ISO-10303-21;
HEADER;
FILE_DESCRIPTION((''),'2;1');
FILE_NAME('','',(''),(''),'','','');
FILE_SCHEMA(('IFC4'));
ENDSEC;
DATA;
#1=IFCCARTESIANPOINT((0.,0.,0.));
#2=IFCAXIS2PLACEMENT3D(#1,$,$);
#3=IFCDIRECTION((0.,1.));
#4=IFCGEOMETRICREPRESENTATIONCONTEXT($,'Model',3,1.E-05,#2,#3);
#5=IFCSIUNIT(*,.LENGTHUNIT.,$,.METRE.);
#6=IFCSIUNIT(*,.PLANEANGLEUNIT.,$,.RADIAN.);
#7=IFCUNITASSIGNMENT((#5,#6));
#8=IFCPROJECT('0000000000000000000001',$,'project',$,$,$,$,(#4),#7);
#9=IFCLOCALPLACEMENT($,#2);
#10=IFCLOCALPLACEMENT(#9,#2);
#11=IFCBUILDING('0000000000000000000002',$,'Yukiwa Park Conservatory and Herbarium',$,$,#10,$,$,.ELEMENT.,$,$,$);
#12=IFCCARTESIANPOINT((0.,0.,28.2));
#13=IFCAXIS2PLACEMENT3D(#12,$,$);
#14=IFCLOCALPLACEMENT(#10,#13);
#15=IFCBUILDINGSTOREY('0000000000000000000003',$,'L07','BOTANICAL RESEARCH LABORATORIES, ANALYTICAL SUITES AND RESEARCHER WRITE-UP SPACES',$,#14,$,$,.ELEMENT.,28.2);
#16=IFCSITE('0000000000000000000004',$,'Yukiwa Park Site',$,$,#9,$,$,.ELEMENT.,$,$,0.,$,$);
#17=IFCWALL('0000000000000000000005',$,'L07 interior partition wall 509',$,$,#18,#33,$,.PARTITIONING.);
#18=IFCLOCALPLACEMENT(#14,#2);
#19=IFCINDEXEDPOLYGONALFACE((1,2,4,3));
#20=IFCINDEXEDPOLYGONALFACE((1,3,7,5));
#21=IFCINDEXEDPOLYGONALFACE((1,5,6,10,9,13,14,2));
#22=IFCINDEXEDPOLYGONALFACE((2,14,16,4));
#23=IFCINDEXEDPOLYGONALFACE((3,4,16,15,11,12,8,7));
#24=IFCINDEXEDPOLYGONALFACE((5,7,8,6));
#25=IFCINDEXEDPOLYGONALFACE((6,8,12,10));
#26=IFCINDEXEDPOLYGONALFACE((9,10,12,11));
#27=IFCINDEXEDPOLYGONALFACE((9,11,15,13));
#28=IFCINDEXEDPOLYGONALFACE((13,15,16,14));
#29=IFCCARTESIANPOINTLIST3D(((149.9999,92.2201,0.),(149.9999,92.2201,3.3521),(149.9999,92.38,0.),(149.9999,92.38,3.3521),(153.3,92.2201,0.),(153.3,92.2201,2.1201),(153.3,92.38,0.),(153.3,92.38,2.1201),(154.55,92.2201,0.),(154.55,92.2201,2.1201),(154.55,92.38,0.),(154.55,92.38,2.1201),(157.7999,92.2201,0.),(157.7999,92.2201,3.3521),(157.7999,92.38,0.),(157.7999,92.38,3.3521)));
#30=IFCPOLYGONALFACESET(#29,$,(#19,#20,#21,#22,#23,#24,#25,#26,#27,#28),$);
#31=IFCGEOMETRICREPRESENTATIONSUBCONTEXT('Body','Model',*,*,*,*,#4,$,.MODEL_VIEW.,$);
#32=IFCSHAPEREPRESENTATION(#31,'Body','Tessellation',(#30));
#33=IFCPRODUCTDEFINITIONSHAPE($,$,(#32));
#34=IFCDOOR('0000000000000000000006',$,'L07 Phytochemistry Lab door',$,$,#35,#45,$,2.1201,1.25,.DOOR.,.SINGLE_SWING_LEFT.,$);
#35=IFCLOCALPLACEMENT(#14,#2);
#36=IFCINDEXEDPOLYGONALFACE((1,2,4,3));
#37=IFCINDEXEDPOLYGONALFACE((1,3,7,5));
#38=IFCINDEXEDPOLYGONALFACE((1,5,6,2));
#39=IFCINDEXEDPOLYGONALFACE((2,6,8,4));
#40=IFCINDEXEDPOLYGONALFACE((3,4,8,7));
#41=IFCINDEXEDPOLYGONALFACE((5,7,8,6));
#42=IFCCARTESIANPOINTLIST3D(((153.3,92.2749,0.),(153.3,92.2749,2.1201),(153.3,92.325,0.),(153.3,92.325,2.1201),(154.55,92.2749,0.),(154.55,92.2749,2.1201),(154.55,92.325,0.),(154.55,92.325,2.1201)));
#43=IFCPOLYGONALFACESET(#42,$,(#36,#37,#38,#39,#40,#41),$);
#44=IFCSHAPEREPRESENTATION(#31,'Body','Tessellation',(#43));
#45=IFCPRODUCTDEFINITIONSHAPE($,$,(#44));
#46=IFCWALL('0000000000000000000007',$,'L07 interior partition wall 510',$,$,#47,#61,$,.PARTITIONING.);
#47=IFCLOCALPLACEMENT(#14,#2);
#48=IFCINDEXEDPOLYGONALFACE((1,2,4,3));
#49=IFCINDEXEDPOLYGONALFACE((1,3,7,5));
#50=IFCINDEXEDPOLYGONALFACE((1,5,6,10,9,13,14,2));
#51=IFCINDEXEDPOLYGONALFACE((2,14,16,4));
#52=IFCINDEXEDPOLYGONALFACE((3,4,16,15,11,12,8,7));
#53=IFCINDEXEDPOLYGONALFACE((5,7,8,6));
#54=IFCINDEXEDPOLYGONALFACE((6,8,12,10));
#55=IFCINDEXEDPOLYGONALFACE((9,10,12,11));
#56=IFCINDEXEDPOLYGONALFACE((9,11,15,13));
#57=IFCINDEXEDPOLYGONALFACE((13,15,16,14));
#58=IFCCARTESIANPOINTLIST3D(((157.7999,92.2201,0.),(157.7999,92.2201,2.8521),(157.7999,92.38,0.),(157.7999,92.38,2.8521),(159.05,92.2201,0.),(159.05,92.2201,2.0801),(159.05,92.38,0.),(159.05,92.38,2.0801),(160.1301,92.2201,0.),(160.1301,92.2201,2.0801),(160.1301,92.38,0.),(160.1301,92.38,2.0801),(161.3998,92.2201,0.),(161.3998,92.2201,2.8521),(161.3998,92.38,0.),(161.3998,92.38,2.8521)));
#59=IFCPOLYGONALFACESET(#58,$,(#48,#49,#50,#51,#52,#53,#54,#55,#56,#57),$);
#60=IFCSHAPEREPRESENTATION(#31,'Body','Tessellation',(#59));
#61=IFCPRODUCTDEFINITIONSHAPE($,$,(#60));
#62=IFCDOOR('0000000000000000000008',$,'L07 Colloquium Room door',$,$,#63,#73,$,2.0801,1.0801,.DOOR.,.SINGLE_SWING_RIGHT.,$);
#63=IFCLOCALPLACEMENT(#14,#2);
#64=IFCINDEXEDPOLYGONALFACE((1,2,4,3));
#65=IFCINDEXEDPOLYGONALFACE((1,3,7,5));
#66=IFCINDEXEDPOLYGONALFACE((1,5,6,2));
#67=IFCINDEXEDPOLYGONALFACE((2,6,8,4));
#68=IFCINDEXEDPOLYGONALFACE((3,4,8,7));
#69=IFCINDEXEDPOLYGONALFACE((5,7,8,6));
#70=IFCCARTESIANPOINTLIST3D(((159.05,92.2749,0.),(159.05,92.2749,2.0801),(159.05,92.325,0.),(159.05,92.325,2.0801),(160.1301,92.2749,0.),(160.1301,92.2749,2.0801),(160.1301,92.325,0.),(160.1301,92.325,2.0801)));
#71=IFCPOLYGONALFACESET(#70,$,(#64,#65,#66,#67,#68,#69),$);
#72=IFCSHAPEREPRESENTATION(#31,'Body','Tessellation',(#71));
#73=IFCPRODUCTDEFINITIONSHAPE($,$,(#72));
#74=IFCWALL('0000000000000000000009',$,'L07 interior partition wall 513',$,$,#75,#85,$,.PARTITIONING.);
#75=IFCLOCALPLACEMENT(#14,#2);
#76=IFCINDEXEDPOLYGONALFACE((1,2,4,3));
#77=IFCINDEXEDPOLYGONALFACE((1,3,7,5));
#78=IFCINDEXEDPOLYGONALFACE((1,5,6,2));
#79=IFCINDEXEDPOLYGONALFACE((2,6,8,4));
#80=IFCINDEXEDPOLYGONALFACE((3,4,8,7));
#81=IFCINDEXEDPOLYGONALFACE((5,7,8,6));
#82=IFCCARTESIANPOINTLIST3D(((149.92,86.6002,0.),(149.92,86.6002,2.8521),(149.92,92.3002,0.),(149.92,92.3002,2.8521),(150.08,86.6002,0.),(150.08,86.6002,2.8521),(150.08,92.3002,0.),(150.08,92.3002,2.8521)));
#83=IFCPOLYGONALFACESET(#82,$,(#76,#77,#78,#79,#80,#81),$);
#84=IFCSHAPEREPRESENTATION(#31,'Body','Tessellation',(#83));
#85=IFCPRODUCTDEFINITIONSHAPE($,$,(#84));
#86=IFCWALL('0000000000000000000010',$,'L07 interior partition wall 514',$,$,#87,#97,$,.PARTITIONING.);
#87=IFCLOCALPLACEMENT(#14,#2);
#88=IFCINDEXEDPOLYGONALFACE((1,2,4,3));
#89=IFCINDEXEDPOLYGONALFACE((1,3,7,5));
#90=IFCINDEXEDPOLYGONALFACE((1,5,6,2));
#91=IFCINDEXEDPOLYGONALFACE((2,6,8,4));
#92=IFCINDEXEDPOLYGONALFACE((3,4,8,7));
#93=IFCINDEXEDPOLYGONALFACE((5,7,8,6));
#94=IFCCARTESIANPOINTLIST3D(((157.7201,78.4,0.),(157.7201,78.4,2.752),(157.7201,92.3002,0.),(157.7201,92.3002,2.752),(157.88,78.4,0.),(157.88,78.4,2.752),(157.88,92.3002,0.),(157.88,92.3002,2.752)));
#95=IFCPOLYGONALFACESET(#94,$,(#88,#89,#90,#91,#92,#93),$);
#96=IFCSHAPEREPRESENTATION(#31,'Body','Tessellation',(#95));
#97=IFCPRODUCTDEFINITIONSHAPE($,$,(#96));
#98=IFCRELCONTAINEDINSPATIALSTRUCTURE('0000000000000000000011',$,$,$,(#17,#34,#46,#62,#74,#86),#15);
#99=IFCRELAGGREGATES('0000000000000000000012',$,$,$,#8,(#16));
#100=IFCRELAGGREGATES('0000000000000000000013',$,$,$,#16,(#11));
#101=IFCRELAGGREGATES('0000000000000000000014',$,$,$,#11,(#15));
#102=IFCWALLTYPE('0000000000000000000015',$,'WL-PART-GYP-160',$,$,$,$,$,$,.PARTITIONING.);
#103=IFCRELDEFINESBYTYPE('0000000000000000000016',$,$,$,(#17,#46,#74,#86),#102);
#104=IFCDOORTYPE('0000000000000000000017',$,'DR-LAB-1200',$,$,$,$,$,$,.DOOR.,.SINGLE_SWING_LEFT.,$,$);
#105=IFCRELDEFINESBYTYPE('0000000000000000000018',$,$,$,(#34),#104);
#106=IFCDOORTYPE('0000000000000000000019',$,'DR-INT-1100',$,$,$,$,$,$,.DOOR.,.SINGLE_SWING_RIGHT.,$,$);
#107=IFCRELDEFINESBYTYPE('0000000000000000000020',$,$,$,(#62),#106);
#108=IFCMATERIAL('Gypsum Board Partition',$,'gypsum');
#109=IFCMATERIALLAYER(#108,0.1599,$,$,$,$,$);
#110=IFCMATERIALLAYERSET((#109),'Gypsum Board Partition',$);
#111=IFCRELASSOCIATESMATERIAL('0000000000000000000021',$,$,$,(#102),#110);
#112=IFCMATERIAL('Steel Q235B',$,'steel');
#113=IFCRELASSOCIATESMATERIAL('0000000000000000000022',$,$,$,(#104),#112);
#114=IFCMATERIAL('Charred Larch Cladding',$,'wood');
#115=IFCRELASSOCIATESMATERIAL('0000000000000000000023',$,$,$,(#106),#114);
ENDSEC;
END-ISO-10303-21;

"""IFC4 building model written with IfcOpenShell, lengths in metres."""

from ifc_helpers import new_model, si_unit, direction, frame, frame_2d, origin, place, context, subcontext, project, spatial, rectangle, extrude, material, layer, layer_set, type_object, element, fill, save


model = new_model("IFC4")

# Units and contexts
model_context = context("Model", 3, precision=1e-05, world=origin(), true_north=direction((0.0, 1.0)))
body_context = subcontext(model_context, "Body", "Model", "MODEL_VIEW")
ifc_project = project(units=[si_unit("LENGTHUNIT", "METRE"), si_unit("PLANEANGLEUNIT", "RADIAN")], contexts=[model_context])

# Site, building, storey
site_placement = place(None, origin())
site = spatial("IfcSite", under=ifc_project, at=site_placement, Name="Yukiwa Park Site", CompositionType="ELEMENT", RefElevation=0.0)
building_placement = place(site_placement, origin())
building = spatial("IfcBuilding", under=site, at=building_placement, Name="Yukiwa Park Conservatory and Herbarium", CompositionType="ELEMENT")
storey_placement = place(building_placement, frame((0.0, 0.0, 28.2)))
storey = spatial("IfcBuildingStorey", under=building, at=storey_placement, Name="L07", Description="BOTANICAL RESEARCH LABORATORIES, ANALYTICAL SUITES AND RESEARCHER WRITE-UP SPACES", CompositionType="ELEMENT", Elevation=28.2)

# Walls, openings, doors
ifc_material_1 = material(Name="Gypsum Board Partition", Category="gypsum")
ifc_layer_1 = layer(ifc_material_1, 0.1599)
ifc_layer_set_1 = layer_set([ifc_layer_1], Name="Gypsum Board Partition")
wall_type_1 = type_object("IfcWallType", Name="WL-PART-GYP-160", PredefinedType="PARTITIONING", material=ifc_layer_set_1)
wall_1_placement = place(storey_placement, frame((150.0, 92.3, 0.0), z_axis=(0.0, 0.0, 1.0), x_axis=(1.0, 0.0, 0.0)))
wall_1 = element("IfcWall", 1, at=wall_1_placement, inside=storey, type_object=wall_type_1, Name="L07 interior partition wall 509", PredefinedType="PARTITIONING", context=body_context, shape_type="SweptSolid", body=[
    extrude(rectangle(XDim=7.8, YDim=0.1599, at=frame_2d((3.8999, 0.0))), origin(), (0.0, 0.0, 1.0), 3.3521),
])
opening_1_placement = place(wall_1_placement, frame((3.3, 0.0, 0.0)))
opening_1 = element("IfcOpeningElement", 2, at=opening_1_placement, cuts=wall_1, PredefinedType="OPENING", context=body_context, shape_type="SweptSolid", body=[
    extrude(rectangle(XDim=1.25, YDim=2.1201, at=frame_2d((0.625, 1.0601))), frame((0.0, 0.0898, 0.0), z_axis=(0.0, -1.0, 0.0), x_axis=(1.0, 0.0, 0.0)), (0.0, 0.0, 1.0), 0.1799),
])
ifc_material_2 = material(Name="Steel Q235B", Category="steel")
door_type_1 = type_object("IfcDoorType", Name="DR-LAB-1200", OperationType="SINGLE_SWING_LEFT", PredefinedType="DOOR", material=ifc_material_2)
door_1_placement = place(opening_1_placement, origin())
door_1 = element("IfcDoor", 3, at=door_1_placement, inside=storey, type_object=door_type_1, Name="L07 Phytochemistry Lab door", OperationType="SINGLE_SWING_LEFT", OverallHeight=2.1201, OverallWidth=1.25, PredefinedType="DOOR", context=body_context, shape_type="SweptSolid", body=[
    extrude(rectangle(XDim=1.25, YDim=2.1201, at=frame_2d((0.625, 1.0601))), frame((0.0, 0.0249, 0.0), z_axis=(0.0, -1.0, 0.0), x_axis=(1.0, 0.0, 0.0)), (0.0, 0.0, 1.0), 0.05),
])
fill(opening_1, door_1)
wall_2_placement = place(storey_placement, frame((157.8, 92.3, 0.0), z_axis=(0.0, 0.0, 1.0), x_axis=(1.0, 0.0, 0.0)))
wall_2 = element("IfcWall", 4, at=wall_2_placement, inside=storey, type_object=wall_type_1, Name="L07 interior partition wall 510", PredefinedType="PARTITIONING", context=body_context, shape_type="SweptSolid", body=[
    extrude(rectangle(XDim=3.5999, YDim=0.1599, at=frame_2d((1.7998, 0.0))), origin(), (0.0, 0.0, 1.0), 2.8521),
])
opening_2_placement = place(wall_2_placement, frame((1.25, 0.0, 0.0)))
opening_2 = element("IfcOpeningElement", 5, at=opening_2_placement, cuts=wall_2, PredefinedType="OPENING", context=body_context, shape_type="SweptSolid", body=[
    extrude(rectangle(XDim=1.0801, YDim=2.0801, at=frame_2d((0.54, 1.04))), frame((0.0, 0.0898, 0.0), z_axis=(0.0, -1.0, 0.0), x_axis=(1.0, 0.0, 0.0)), (0.0, 0.0, 1.0), 0.1799),
])
ifc_material_3 = material(Name="Charred Larch Cladding", Category="wood")
door_type_2 = type_object("IfcDoorType", Name="DR-INT-1100", OperationType="SINGLE_SWING_RIGHT", PredefinedType="DOOR", material=ifc_material_3)
door_2_placement = place(opening_2_placement, origin())
door_2 = element("IfcDoor", 6, at=door_2_placement, inside=storey, type_object=door_type_2, Name="L07 Colloquium Room door", OperationType="SINGLE_SWING_RIGHT", OverallHeight=2.0801, OverallWidth=1.0801, PredefinedType="DOOR", context=body_context, shape_type="SweptSolid", body=[
    extrude(rectangle(XDim=1.0801, YDim=2.0801, at=frame_2d((0.54, 1.04))), frame((0.0, 0.0249, 0.0), z_axis=(0.0, -1.0, 0.0), x_axis=(1.0, 0.0, 0.0)), (0.0, 0.0, 1.0), 0.05),
])
fill(opening_2, door_2)

# Walls
wall_3_placement = place(storey_placement, frame((150.0, 86.6001, 0.0), z_axis=(0.0, 0.0, 1.0), x_axis=(0.0, 1.0, 0.0)))
element("IfcWall", 7, at=wall_3_placement, inside=storey, type_object=wall_type_1, Name="L07 interior partition wall 513", PredefinedType="PARTITIONING", context=body_context, shape_type="SweptSolid", body=[
    extrude(rectangle(XDim=5.7, YDim=0.1599, at=frame_2d((2.8501, 0.0))), origin(), (0.0, 0.0, 1.0), 2.8521),
])
wall_4_placement = place(storey_placement, frame((157.8, 78.3999, 0.0), z_axis=(0.0, 0.0, 1.0), x_axis=(0.0, 1.0, 0.0)))
element("IfcWall", 8, at=wall_4_placement, inside=storey, type_object=wall_type_1, Name="L07 interior partition wall 514", PredefinedType="PARTITIONING", context=body_context, shape_type="SweptSolid", body=[
    extrude(rectangle(XDim=13.9001, YDim=0.1599, at=frame_2d((6.9502, 0.0))), origin(), (0.0, 0.0, 1.0), 2.752),
])

save(model, "model.ifc")
